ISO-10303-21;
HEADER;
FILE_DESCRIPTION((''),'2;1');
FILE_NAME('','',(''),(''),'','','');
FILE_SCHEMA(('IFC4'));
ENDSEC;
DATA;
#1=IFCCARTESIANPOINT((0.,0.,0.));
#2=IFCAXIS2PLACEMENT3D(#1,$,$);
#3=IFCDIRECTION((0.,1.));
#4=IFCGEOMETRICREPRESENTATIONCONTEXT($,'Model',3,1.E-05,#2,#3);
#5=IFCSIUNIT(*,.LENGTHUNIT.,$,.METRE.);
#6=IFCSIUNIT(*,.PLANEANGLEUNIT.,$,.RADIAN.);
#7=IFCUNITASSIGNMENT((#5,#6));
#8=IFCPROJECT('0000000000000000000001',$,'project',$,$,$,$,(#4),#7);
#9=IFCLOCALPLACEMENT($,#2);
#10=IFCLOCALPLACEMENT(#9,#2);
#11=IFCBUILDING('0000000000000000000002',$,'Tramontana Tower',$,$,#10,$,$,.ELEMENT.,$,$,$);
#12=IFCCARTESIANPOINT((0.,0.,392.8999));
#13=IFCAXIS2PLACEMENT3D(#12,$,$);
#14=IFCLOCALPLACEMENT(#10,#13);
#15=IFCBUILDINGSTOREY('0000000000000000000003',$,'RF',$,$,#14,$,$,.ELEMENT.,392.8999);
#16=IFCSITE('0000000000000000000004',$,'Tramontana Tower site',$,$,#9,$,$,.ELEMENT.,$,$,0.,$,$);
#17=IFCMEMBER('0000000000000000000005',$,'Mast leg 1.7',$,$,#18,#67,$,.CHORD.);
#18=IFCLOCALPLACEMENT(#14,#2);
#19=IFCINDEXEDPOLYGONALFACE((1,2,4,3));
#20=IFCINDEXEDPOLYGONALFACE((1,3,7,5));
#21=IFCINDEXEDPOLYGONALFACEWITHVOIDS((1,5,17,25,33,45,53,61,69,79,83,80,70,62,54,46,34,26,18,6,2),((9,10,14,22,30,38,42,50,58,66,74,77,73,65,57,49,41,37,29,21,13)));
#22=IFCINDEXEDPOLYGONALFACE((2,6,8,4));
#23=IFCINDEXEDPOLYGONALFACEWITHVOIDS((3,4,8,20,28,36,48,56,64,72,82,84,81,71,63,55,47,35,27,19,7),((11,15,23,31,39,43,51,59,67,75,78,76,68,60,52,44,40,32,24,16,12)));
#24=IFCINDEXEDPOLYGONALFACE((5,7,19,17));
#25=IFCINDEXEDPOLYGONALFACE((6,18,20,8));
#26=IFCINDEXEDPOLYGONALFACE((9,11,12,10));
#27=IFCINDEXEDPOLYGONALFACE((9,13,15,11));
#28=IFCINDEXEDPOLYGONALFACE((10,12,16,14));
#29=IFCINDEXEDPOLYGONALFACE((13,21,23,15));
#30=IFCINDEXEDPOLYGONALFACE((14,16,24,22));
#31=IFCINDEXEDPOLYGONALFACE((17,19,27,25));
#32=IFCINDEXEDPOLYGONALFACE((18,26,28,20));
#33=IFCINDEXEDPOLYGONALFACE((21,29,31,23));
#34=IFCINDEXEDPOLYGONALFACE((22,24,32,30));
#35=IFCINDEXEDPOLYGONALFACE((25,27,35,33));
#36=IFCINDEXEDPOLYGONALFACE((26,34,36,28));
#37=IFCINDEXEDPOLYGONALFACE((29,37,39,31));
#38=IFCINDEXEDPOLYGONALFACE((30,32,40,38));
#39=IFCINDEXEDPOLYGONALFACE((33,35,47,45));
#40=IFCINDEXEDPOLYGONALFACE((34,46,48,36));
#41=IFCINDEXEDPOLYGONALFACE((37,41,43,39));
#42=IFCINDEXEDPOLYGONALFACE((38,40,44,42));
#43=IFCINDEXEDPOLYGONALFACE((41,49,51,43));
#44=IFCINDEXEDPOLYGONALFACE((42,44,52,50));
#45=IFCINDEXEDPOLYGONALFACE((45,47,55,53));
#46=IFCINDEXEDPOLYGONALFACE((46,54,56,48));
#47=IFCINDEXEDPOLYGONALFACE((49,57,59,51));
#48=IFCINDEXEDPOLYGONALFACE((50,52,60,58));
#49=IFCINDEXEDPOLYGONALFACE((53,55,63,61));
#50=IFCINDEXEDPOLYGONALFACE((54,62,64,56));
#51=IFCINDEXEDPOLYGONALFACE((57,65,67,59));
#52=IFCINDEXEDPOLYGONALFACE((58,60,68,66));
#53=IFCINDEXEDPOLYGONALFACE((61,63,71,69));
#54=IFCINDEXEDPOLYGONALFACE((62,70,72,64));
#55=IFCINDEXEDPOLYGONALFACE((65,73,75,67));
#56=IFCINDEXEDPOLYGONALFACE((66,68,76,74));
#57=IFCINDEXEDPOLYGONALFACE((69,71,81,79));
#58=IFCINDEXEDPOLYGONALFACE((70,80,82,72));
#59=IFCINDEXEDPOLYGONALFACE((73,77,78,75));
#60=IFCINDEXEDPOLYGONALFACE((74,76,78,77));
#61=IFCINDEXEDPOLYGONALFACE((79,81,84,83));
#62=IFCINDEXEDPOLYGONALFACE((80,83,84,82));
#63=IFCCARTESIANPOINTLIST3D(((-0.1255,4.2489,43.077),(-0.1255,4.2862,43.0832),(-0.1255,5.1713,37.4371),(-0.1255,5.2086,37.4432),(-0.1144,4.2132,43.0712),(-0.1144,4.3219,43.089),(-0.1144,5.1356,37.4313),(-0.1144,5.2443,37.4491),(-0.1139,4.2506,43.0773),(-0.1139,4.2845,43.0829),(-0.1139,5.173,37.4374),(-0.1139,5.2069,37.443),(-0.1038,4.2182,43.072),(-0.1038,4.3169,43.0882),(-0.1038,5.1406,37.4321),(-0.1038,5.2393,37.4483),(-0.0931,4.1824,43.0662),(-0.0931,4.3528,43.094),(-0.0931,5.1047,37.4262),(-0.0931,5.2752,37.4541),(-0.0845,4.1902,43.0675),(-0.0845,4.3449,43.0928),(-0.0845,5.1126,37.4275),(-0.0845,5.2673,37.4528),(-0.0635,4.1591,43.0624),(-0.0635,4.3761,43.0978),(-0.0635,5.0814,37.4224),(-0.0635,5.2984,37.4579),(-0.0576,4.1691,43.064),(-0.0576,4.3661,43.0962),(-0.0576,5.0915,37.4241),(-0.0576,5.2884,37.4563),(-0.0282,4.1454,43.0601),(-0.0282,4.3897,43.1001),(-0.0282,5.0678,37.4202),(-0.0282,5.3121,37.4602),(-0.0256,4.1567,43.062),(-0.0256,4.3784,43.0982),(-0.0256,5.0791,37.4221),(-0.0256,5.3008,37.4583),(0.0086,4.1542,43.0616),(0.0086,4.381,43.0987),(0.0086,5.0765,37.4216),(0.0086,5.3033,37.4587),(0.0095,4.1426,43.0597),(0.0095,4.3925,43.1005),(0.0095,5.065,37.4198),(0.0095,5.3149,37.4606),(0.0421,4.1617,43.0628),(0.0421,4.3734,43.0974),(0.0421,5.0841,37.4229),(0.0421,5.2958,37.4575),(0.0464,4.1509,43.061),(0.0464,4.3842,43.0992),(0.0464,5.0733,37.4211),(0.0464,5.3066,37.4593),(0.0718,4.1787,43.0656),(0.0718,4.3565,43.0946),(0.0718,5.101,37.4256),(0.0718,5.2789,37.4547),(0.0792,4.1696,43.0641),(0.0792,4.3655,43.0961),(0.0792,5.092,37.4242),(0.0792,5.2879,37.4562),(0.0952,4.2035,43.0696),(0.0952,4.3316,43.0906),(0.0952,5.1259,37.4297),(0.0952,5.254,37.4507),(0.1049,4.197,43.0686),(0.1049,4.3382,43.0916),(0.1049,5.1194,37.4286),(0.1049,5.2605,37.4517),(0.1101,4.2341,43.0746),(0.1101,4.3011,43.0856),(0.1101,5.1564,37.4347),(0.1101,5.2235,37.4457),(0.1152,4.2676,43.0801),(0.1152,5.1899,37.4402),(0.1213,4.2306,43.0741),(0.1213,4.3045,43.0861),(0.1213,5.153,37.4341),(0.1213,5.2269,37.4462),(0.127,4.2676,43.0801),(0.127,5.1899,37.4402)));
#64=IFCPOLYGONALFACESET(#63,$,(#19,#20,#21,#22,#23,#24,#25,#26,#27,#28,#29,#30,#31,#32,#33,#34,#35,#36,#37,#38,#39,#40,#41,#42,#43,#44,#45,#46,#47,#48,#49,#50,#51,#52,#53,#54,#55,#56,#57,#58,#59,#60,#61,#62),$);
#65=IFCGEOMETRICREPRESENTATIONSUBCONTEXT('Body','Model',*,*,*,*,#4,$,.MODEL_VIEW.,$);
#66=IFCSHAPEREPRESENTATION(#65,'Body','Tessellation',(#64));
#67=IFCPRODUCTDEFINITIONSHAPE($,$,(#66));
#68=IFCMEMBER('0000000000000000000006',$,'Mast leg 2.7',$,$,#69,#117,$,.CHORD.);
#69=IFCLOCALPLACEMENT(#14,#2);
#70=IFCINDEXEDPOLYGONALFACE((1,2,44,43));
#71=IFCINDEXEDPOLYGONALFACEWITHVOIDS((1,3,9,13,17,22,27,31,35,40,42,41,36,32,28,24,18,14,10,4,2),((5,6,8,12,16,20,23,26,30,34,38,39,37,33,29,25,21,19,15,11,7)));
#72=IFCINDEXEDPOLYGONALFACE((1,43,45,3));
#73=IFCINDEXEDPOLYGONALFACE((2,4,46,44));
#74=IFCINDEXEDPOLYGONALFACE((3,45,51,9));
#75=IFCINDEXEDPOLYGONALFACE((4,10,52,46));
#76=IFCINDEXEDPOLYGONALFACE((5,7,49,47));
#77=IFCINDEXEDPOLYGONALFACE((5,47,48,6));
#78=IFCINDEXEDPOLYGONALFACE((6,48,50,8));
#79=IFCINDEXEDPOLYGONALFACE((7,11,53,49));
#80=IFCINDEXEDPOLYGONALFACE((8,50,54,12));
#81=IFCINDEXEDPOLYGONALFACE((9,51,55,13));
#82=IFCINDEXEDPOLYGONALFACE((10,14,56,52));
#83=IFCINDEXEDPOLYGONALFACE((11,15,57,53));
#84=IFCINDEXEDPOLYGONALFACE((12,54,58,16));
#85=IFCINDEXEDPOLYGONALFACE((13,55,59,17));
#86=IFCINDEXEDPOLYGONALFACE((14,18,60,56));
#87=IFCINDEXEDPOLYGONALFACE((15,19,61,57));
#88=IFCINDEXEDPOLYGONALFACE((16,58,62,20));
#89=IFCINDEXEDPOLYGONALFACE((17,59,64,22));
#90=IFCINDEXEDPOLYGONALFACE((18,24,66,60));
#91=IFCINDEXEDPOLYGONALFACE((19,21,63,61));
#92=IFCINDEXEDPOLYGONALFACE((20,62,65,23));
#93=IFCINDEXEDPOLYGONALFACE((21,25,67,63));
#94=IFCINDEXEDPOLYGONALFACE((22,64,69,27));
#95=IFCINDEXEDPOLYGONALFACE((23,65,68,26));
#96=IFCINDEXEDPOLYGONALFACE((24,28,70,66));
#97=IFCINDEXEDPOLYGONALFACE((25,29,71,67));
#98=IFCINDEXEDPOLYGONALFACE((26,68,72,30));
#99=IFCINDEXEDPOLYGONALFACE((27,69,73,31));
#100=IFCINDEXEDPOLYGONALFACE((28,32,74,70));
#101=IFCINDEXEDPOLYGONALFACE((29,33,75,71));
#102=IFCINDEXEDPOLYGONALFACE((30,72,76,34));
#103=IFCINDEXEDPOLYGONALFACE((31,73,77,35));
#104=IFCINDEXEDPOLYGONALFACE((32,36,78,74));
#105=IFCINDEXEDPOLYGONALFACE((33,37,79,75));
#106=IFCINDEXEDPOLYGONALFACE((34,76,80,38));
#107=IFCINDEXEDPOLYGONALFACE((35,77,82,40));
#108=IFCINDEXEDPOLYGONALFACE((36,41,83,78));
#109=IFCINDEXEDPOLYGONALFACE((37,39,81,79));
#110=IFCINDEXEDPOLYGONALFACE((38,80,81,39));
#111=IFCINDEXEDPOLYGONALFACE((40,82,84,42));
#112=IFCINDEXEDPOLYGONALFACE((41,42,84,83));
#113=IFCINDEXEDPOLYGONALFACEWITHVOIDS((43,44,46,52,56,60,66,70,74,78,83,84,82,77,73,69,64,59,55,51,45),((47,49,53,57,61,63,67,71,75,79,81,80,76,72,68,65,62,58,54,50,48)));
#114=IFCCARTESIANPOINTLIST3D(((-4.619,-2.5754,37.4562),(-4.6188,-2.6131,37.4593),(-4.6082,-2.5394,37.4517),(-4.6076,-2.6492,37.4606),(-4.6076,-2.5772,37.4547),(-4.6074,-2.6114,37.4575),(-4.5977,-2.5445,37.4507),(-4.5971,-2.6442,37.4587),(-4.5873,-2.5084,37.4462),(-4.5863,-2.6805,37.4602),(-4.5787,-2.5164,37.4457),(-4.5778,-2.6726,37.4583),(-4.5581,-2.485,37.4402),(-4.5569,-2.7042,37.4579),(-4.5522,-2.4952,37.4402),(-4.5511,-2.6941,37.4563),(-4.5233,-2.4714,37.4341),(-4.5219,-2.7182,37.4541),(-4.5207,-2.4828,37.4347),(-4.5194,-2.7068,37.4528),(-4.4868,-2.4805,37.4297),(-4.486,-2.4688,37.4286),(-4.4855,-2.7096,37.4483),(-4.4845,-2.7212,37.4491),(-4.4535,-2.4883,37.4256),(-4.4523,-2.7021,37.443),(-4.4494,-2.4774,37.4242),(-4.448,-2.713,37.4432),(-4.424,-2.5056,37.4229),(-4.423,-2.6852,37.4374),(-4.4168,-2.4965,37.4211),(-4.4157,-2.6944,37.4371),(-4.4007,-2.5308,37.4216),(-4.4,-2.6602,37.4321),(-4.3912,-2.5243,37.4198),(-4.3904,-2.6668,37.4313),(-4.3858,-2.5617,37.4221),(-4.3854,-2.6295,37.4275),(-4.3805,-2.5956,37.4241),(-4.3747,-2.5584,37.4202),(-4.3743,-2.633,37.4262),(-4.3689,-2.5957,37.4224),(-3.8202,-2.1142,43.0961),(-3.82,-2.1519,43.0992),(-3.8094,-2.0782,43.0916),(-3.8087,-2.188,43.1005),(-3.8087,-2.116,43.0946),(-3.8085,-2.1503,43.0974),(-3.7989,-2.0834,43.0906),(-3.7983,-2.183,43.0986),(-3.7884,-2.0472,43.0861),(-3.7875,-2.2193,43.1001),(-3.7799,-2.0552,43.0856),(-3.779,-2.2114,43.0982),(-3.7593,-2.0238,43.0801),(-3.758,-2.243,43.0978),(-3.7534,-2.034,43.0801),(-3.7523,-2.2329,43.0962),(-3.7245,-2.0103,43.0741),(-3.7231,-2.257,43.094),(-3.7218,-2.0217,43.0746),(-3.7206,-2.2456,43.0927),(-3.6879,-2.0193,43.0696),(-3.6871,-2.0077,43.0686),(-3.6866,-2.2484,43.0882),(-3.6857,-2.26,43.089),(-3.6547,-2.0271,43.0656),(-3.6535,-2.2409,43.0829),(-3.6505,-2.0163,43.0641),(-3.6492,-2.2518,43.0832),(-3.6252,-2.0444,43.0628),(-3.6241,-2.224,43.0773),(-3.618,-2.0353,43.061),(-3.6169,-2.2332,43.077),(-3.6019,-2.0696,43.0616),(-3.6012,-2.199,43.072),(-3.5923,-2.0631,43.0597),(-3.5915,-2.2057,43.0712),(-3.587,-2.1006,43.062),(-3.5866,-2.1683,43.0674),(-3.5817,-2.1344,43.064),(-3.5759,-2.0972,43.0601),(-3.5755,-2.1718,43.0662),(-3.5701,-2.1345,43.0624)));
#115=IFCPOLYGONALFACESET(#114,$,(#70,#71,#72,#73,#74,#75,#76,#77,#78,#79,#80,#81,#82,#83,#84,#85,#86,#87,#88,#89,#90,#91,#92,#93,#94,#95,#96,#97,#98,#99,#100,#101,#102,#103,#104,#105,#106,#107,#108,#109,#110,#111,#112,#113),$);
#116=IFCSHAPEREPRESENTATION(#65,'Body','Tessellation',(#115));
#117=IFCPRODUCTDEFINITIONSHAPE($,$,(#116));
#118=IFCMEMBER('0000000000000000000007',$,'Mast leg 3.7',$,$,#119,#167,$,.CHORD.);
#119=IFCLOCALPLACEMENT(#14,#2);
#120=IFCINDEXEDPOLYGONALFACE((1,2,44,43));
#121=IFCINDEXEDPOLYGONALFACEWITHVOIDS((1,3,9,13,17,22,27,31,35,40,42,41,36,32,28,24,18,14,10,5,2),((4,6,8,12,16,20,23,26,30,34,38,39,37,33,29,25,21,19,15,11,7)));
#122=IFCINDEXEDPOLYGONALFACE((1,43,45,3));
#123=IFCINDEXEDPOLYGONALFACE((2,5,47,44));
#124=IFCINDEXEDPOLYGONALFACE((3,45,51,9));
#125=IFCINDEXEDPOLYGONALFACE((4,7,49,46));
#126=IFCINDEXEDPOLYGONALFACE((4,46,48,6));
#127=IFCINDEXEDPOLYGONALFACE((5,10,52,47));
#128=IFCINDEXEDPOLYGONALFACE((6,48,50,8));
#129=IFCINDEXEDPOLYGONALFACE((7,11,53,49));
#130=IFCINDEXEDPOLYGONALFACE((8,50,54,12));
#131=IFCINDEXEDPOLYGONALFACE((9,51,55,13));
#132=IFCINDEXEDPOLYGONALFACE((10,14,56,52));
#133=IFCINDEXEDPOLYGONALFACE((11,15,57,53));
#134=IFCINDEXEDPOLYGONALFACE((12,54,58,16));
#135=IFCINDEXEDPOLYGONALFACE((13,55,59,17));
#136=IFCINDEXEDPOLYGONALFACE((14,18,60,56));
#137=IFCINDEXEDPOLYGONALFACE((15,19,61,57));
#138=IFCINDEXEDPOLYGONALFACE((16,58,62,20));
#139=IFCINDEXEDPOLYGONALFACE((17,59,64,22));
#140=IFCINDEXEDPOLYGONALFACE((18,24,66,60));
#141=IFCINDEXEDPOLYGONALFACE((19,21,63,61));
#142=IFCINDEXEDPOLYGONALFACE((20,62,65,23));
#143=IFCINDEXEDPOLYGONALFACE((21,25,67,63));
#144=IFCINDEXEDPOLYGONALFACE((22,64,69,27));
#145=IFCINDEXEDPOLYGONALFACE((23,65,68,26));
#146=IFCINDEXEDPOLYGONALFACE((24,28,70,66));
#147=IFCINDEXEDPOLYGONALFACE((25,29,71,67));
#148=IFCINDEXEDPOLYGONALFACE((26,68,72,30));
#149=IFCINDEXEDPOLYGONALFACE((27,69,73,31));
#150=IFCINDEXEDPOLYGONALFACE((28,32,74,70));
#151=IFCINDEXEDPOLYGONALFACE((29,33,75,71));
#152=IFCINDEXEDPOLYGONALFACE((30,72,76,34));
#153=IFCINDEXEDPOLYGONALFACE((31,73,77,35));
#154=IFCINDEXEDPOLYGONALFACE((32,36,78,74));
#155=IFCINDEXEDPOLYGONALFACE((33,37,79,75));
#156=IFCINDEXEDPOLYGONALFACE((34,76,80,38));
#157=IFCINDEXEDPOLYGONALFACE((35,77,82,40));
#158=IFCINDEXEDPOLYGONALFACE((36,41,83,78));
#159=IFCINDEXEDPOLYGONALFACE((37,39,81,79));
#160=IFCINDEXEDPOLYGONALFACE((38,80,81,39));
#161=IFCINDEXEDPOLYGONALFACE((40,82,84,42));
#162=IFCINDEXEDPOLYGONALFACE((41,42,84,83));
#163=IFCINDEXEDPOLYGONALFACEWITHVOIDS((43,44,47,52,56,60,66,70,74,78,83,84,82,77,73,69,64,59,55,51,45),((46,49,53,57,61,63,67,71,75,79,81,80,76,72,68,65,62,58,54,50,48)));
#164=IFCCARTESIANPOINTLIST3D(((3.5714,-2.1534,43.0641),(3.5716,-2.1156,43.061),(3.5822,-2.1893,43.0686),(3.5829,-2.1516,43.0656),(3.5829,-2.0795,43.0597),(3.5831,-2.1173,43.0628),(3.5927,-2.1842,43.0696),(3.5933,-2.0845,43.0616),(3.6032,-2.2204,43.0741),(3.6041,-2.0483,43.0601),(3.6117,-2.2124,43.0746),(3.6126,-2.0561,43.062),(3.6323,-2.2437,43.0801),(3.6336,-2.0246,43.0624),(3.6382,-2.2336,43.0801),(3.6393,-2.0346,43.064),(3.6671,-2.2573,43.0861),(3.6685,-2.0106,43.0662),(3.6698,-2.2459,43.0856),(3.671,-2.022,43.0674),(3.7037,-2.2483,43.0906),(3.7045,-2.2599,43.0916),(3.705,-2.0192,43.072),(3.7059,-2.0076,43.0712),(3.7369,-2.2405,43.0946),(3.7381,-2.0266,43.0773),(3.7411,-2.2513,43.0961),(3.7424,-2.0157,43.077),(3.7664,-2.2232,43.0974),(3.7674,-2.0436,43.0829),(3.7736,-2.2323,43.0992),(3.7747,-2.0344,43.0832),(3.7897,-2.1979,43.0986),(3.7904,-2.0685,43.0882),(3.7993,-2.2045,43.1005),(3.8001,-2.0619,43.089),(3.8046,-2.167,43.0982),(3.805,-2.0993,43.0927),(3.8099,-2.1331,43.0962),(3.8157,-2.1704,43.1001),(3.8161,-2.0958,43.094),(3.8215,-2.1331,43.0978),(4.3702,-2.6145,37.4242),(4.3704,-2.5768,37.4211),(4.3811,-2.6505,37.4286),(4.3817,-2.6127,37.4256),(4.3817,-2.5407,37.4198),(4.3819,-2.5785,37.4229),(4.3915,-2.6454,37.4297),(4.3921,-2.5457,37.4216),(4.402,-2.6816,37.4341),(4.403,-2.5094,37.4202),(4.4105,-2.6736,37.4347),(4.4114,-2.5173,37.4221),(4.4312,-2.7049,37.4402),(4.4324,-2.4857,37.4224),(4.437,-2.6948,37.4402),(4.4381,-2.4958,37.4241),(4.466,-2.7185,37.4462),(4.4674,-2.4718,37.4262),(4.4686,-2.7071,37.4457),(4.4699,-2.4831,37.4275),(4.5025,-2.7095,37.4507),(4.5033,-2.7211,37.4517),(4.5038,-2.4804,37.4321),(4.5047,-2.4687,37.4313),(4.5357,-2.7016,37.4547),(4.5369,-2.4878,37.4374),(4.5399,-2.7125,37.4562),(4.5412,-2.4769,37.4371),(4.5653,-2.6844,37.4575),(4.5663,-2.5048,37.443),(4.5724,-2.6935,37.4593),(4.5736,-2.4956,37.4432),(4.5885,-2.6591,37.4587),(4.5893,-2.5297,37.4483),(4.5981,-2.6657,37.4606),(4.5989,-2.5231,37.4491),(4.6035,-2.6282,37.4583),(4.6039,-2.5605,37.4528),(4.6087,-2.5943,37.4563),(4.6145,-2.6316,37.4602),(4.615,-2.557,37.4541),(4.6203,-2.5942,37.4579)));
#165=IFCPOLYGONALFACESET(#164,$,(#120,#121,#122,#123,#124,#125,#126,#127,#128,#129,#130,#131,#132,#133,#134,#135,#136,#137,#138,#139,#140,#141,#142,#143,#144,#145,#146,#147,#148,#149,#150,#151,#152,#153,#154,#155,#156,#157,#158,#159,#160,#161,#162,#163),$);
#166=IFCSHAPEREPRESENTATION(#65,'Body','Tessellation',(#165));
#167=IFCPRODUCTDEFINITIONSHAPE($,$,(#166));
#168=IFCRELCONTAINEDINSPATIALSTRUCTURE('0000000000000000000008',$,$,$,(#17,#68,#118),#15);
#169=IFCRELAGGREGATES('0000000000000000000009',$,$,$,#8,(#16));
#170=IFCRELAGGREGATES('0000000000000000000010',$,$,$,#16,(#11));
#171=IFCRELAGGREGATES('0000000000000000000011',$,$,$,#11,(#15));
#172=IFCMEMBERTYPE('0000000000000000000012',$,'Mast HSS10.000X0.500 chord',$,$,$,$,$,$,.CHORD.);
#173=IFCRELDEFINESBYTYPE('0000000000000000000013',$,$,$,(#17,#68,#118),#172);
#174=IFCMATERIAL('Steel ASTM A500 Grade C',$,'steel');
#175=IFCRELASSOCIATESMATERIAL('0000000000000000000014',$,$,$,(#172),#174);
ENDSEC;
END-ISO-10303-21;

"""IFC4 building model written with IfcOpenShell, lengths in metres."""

from ifc_helpers import new_model, si_unit, direction, frame, origin, origin_2d, place, context, subcontext, project, spatial, hollow_circle, extrude, material, material_profile, profile_set, type_object, element, save


model = new_model("IFC4")

# Units and contexts
model_context = context("Model", 3, precision=1e-05, world=origin(), true_north=direction((0.0, 1.0)))
body_context = subcontext(model_context, "Body", "Model", "MODEL_VIEW")
ifc_project = project(units=[si_unit("LENGTHUNIT", "METRE"), si_unit("PLANEANGLEUNIT", "RADIAN")], contexts=[model_context])

# Site, building, storey
site_placement = place(None, origin())
site = spatial("IfcSite", under=ifc_project, at=site_placement, Name="Tramontana Tower site", CompositionType="ELEMENT", RefElevation=0.0)
building_placement = place(site_placement, origin())
building = spatial("IfcBuilding", under=site, at=building_placement, Name="Tramontana Tower", CompositionType="ELEMENT")
storey_placement = place(building_placement, frame((0.0, 0.0, 392.8999)))
storey = spatial("IfcBuildingStorey", under=building, at=storey_placement, Name="RF", CompositionType="ELEMENT", Elevation=392.8999)

# Members
ifc_material_1 = material(Name="Steel ASTM A500 Grade C", Category="steel")
ifc_material_profile_1 = material_profile(ifc_material_1, hollow_circle(Radius=0.127, WallThickness=0.0117, at=origin_2d()), Name="HSS10.000X0.500")
ifc_profile_set_1 = profile_set([ifc_material_profile_1], Name="Steel ASTM A500 Grade C")
member_type_1 = type_object("IfcMemberType", Name="Mast HSS10.000X0.500 chord", PredefinedType="CHORD", material=ifc_profile_set_1)
for number, where, z_axis, x_axis, name in (
    (1, (0.0, 5.1899, 37.4402), (0.0, -0.161399, 0.986889), (1.0, 0.0, 0.0), "Mast leg 1.7"),
    (2, (-4.4946, -2.595, 37.4402), (0.139782, 0.080699, 0.986888), (-0.499982, 0.866036, 0.0), "Mast leg 2.7"),
    (3, (4.4946, -2.595, 37.4402), (-0.139782, 0.080699, 0.986888), (-0.499982, -0.866036, 0.0), "Mast leg 3.7"),
):
    element("IfcMember", number, at=place(storey_placement, frame(where, z_axis=z_axis, x_axis=x_axis)), inside=storey, type_object=member_type_1, Name=name, PredefinedType="CHORD", context=body_context, shape_type="SweptSolid", body=[
        extrude(hollow_circle(Radius=0.127, WallThickness=0.0117, at=origin_2d()), origin(), (0.0, 0.0, 1.0), 5.7148),
    ])

save(model, "model.ifc")
